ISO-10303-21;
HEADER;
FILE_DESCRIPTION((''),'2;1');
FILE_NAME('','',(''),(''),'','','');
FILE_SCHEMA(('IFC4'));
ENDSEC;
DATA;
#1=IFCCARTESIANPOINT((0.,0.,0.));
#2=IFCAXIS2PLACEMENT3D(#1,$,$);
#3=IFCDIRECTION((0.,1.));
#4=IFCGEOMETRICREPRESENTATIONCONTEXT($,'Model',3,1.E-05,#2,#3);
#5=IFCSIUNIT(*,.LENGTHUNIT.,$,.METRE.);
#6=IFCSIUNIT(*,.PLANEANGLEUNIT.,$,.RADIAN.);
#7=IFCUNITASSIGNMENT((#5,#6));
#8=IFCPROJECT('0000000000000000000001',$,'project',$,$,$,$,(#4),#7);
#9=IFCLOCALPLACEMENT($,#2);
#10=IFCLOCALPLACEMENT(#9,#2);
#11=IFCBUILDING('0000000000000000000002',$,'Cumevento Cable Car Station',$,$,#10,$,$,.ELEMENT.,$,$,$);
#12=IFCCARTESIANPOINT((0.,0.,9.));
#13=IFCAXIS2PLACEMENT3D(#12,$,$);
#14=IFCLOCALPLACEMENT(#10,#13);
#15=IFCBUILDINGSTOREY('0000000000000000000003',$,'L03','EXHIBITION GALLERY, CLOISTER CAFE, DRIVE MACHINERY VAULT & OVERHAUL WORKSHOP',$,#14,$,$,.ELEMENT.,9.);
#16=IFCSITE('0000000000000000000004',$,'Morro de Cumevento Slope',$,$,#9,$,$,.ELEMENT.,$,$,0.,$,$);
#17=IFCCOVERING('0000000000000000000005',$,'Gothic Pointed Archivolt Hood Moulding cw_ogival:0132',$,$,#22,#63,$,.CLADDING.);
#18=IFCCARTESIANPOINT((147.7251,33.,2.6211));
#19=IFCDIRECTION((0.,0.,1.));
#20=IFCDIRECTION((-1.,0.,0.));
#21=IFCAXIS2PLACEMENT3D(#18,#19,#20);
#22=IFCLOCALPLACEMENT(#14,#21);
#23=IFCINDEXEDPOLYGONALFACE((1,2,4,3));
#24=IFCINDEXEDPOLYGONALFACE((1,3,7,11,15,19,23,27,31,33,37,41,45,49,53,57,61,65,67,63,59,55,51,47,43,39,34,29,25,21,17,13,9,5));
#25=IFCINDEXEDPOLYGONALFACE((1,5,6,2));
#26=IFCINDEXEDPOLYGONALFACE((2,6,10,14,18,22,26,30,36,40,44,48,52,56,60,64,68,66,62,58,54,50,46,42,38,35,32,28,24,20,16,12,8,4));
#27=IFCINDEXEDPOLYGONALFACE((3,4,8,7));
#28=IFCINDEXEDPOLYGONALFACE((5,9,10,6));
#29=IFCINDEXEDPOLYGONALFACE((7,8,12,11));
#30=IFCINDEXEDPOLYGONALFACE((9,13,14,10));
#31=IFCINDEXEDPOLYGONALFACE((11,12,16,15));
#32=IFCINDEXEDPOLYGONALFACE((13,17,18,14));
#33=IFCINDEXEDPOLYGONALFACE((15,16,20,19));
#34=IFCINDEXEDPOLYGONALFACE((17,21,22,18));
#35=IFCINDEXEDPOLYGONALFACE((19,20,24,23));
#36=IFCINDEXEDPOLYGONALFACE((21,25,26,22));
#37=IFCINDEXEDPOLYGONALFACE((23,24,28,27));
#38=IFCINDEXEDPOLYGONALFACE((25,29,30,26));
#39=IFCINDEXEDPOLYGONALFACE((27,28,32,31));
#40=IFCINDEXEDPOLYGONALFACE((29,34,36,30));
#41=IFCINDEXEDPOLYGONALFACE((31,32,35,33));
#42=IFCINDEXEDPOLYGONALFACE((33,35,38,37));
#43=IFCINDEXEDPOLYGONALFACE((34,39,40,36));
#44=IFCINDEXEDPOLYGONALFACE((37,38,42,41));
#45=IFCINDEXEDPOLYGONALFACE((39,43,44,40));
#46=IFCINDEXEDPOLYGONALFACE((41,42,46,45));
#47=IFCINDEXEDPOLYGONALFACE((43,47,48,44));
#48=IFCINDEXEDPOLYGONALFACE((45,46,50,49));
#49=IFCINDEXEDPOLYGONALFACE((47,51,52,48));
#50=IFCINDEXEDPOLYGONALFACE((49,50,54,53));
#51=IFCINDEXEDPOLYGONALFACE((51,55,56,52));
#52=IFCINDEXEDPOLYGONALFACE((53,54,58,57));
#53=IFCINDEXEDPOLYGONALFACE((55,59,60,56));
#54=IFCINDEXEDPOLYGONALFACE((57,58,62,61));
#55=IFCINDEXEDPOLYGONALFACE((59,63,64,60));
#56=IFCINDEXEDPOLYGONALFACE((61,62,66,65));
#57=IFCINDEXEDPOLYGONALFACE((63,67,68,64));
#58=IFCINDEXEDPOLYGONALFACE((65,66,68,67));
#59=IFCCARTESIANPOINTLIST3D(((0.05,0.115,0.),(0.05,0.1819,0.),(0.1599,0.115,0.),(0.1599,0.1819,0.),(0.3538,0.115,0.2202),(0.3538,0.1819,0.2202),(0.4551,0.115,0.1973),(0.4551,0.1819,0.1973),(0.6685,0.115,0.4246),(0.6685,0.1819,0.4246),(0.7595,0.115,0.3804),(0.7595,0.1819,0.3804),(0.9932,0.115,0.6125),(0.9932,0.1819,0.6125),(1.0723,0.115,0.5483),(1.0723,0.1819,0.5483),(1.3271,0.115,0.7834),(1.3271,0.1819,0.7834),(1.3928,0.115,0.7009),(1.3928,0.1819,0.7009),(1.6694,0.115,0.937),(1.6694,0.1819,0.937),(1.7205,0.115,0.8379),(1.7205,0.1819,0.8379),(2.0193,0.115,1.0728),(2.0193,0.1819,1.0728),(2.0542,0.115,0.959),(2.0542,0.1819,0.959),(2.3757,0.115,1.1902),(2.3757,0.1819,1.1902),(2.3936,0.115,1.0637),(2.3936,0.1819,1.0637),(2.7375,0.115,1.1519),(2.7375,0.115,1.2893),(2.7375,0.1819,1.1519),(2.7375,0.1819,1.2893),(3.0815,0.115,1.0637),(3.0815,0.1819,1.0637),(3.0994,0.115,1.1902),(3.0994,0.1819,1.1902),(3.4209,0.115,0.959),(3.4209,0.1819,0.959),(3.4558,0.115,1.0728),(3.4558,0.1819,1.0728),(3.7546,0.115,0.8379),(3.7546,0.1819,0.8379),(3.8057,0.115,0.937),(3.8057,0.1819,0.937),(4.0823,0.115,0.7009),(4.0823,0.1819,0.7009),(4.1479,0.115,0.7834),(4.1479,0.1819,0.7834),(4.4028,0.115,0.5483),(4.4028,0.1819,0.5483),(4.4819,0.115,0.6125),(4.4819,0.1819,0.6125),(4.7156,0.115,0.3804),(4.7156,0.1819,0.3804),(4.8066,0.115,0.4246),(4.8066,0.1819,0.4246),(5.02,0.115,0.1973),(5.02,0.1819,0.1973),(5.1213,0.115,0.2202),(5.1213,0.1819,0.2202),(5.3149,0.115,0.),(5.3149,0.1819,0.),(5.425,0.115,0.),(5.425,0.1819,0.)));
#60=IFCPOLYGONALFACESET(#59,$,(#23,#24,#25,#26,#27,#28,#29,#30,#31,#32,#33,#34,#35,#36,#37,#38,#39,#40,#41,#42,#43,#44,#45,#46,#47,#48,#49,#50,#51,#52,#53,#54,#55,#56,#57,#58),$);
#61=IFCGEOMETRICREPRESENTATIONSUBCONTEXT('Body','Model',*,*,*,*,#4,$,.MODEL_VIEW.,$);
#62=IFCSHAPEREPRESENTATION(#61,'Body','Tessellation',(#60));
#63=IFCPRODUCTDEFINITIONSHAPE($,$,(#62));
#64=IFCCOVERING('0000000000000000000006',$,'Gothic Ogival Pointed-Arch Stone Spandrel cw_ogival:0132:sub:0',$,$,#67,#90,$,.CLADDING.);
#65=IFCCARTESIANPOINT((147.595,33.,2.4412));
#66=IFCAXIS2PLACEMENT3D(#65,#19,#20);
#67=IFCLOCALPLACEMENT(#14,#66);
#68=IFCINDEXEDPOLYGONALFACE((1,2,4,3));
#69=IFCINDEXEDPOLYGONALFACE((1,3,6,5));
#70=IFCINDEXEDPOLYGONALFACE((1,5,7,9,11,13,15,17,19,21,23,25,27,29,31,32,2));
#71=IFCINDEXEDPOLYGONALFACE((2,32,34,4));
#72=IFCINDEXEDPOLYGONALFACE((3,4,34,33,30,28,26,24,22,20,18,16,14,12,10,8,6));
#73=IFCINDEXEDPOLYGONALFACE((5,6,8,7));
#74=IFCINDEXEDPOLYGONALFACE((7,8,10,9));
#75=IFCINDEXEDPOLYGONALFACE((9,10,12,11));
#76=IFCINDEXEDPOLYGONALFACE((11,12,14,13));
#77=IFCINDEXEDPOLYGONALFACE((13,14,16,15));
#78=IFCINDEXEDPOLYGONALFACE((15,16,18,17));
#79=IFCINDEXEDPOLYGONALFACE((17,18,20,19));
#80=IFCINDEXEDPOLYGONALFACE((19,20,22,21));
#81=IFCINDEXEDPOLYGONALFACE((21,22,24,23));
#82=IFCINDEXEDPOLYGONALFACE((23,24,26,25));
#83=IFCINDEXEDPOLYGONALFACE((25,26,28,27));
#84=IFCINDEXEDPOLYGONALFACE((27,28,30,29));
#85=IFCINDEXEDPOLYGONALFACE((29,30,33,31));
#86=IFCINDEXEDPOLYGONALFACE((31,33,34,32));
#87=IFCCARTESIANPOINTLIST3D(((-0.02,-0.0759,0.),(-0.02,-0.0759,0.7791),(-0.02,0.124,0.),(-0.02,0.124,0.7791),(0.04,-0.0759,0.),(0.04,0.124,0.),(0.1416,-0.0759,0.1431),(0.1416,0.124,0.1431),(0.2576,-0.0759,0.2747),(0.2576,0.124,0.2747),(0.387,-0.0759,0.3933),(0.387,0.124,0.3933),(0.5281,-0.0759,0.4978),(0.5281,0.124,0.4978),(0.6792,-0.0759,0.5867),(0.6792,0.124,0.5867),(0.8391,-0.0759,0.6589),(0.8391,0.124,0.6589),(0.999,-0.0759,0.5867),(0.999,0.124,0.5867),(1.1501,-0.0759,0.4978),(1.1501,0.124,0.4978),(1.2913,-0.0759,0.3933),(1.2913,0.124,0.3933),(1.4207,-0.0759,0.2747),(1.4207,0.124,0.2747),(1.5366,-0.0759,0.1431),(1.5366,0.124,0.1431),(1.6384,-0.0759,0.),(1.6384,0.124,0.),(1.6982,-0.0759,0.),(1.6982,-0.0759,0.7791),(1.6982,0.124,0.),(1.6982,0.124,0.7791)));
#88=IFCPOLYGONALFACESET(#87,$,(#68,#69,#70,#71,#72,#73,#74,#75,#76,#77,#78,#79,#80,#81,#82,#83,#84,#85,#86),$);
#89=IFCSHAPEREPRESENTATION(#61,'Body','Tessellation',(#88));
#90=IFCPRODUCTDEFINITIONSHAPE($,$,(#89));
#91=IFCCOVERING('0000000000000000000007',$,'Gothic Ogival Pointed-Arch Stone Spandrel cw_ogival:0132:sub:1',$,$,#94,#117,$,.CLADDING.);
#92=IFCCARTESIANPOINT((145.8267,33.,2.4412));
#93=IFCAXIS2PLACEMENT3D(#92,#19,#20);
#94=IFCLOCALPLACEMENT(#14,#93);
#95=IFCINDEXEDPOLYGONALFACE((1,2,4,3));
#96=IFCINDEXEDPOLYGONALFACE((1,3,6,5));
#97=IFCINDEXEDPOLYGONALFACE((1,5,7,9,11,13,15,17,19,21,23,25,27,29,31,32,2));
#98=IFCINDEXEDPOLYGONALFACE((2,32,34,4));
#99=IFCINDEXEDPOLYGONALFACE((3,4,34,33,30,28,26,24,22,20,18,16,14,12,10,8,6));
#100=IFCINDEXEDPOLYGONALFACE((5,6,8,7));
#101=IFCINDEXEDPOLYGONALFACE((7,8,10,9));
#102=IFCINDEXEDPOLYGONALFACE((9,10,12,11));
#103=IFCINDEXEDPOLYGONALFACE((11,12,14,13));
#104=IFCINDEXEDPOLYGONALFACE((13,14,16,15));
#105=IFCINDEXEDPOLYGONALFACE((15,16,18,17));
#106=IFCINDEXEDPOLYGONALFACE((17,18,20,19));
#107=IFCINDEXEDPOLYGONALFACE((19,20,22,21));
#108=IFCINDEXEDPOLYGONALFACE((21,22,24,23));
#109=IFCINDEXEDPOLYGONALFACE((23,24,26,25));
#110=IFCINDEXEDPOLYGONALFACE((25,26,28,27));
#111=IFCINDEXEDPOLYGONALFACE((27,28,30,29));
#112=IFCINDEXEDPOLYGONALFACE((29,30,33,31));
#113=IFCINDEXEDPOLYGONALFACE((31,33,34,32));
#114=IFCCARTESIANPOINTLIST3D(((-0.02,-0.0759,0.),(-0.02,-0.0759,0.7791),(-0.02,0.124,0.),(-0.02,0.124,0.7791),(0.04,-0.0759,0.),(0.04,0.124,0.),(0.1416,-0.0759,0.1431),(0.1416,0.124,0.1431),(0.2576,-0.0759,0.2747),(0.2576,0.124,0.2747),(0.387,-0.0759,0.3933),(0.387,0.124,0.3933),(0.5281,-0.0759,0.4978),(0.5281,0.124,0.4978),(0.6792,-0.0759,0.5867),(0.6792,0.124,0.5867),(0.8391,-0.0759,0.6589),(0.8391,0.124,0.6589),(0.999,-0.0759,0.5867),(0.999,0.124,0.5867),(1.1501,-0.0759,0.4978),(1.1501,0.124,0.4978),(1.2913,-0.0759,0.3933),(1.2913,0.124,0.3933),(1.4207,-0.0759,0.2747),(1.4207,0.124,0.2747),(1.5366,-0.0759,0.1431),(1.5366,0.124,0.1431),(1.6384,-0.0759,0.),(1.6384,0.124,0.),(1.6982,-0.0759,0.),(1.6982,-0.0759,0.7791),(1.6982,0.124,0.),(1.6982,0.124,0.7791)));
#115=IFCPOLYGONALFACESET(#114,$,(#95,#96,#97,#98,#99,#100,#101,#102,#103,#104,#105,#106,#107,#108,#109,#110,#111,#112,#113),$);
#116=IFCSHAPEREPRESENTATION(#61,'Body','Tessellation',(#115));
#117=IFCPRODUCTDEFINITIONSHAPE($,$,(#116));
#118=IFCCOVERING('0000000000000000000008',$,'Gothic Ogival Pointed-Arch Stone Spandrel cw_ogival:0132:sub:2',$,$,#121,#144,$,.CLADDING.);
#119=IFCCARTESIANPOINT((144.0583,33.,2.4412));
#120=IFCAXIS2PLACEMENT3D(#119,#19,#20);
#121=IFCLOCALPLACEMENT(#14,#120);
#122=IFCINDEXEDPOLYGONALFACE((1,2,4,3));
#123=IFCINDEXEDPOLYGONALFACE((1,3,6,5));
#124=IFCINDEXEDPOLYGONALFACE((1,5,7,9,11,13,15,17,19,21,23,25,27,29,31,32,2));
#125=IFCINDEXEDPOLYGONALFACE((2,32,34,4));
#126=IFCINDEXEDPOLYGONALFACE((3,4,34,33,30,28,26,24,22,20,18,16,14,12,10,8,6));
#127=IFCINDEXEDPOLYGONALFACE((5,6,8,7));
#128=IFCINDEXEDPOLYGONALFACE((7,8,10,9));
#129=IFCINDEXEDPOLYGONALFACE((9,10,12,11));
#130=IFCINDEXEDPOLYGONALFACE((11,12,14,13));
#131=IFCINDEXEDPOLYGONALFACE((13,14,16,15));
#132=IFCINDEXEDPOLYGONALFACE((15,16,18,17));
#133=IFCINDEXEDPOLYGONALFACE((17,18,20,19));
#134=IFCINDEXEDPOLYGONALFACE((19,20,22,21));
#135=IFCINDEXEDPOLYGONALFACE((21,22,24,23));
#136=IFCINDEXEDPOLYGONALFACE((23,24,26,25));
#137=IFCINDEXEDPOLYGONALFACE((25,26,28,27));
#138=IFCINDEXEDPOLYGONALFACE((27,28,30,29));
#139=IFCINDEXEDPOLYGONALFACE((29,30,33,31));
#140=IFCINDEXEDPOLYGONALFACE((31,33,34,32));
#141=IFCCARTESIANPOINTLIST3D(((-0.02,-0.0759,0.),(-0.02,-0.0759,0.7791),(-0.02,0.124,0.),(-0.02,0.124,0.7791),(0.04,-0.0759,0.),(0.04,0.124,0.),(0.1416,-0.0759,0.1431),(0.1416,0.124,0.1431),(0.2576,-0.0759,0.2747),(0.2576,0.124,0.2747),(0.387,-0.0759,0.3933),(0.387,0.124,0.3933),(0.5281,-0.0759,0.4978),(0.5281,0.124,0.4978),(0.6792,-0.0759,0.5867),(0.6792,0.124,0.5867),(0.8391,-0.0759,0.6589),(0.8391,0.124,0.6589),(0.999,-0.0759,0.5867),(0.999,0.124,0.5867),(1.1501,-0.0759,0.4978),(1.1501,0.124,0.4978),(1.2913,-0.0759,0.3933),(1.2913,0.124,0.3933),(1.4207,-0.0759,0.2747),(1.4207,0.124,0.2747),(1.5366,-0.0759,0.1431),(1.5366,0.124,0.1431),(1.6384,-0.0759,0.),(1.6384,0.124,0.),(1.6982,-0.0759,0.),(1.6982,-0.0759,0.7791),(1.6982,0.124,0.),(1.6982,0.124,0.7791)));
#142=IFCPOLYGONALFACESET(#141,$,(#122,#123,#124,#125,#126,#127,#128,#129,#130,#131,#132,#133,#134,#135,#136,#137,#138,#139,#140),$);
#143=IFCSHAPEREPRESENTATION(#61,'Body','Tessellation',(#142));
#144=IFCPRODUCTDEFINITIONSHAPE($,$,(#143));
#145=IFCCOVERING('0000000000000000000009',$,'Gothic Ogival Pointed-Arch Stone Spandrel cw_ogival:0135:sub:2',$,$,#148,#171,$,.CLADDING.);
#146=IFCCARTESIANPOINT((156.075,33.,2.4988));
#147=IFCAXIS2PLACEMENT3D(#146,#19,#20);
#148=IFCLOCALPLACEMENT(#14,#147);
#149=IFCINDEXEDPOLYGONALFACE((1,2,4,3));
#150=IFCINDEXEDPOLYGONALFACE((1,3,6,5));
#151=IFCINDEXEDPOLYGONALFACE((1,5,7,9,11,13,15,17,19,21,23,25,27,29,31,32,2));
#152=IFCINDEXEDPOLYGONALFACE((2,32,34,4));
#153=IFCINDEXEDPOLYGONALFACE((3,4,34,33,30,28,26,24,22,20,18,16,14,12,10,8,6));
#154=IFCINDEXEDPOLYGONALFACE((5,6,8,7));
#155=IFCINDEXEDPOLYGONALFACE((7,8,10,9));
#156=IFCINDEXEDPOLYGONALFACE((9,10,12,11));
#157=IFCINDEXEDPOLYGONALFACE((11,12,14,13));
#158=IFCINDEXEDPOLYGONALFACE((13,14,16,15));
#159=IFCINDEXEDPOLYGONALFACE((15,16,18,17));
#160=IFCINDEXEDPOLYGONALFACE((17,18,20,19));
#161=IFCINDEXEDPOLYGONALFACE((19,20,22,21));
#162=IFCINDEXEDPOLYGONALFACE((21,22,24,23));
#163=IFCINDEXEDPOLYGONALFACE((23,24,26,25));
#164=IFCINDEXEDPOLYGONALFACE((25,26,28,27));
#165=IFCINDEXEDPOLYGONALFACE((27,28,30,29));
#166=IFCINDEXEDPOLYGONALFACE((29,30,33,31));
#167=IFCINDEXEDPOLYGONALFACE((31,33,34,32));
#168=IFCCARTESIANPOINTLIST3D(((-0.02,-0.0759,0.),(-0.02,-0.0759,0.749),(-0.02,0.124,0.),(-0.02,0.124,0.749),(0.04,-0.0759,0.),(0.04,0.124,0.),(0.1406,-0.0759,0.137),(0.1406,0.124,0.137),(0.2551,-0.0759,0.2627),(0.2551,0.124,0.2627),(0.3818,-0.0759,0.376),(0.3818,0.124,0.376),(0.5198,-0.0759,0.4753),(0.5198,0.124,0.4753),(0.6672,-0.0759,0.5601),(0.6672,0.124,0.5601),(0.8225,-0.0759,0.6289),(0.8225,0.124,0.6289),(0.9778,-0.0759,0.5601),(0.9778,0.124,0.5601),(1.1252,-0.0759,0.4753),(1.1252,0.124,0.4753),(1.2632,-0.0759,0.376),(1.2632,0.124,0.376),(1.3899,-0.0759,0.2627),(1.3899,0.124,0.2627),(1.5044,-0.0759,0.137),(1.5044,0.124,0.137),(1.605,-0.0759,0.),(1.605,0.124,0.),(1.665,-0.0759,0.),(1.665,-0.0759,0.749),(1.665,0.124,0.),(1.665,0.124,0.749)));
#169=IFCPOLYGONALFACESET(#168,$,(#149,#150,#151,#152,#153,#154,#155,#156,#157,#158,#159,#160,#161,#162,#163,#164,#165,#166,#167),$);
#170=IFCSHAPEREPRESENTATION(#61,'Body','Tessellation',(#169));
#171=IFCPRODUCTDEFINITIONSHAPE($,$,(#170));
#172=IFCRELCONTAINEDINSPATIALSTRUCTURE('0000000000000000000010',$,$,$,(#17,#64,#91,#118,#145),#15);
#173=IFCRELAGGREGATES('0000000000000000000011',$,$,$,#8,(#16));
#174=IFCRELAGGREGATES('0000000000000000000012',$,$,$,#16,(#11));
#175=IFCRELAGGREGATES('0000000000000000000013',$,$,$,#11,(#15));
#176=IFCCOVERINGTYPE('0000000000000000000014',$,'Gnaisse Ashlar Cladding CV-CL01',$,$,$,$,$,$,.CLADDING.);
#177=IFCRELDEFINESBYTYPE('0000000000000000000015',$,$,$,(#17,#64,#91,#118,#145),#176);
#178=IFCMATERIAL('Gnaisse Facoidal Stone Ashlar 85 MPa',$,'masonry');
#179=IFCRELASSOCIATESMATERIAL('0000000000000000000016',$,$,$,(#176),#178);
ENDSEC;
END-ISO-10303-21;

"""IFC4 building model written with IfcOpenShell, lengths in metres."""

from ifc_helpers import new_model, si_unit, direction, frame, origin, place, context, subcontext, project, spatial, polyline, outline, extrude, material, type_object, element, save


model = new_model("IFC4")

# Units and contexts
model_context = context("Model", 3, precision=1e-05, world=origin(), true_north=direction((0.0, 1.0)))
body_context = subcontext(model_context, "Body", "Model", "MODEL_VIEW")
ifc_project = project(units=[si_unit("LENGTHUNIT", "METRE"), si_unit("PLANEANGLEUNIT", "RADIAN")], contexts=[model_context])

# Site, building, storey
site_placement = place(None, origin())
site = spatial("IfcSite", under=ifc_project, at=site_placement, Name="Morro de Cumevento Slope", CompositionType="ELEMENT", RefElevation=0.0)
building_placement = place(site_placement, origin())
building = spatial("IfcBuilding", under=site, at=building_placement, Name="Cumevento Cable Car Station", CompositionType="ELEMENT")
storey_placement = place(building_placement, frame((0.0, 0.0, 9.0)))
storey = spatial("IfcBuildingStorey", under=building, at=storey_placement, Name="L03", Description="EXHIBITION GALLERY, CLOISTER CAFE, DRIVE MACHINERY VAULT & OVERHAUL WORKSHOP", CompositionType="ELEMENT", Elevation=9.0)

# Coverings
ifc_material_1 = material(Name="Gnaisse Facoidal Stone Ashlar 85 MPa", Category="masonry")
covering_type = type_object("IfcCoveringType", Name="Gnaisse Ashlar Cladding CV-CL01", PredefinedType="CLADDING", material=ifc_material_1)
covering_1_placement = place(storey_placement, frame((147.7251, 33.0, 2.6211), z_axis=(0.0, 0.0, 1.0), x_axis=(-1.0, 0.0, 0.0)))
element("IfcCovering", 1, at=covering_1_placement, inside=storey, type_object=covering_type, Name="Gothic Pointed Archivolt Hood Moulding cw_ogival:0132", PredefinedType="CLADDING", context=body_context, shape_type="SweptSolid", body=[
    extrude(outline(polyline([(0.1599, 0.0), (0.4551, 0.1973), (0.7595, 0.3804), (1.0723, 0.5483), (1.3928, 0.7009), (1.7205, 0.8379), (2.0542, 0.959), (2.3936, 1.0637), (2.7375, 1.1519), (3.0815, 1.0637), (3.4209, 0.959), (3.7546, 0.8379), (4.0823, 0.7009), (4.4028, 0.5483), (4.7156, 0.3804), (5.02, 0.1973), (5.3149, 0.0), (5.425, 0.0), (5.1213, 0.2202), (4.8066, 0.4246), (4.4819, 0.6125), (4.1479, 0.7834), (3.8057, 0.937), (3.4558, 1.0728), (3.0994, 1.1902), (2.7375, 1.2893), (2.3757, 1.1902), (2.0193, 1.0728), (1.6694, 0.937), (1.3271, 0.7834), (0.9932, 0.6125), (0.6685, 0.4246), (0.3538, 0.2202), (0.05, 0.0), (0.1599, 0.0)])), frame((0.0, 0.1819, 0.0), z_axis=(0.0, -1.0, 0.0), x_axis=(1.0, 0.0, 0.0)), (0.0, 0.0, 1.0), 0.0669),
])
for number, where, z_axis, x_axis, name in (
    (2, (147.595, 33.0, 2.4412), (0.0, 0.0, 1.0), (-1.0, 0.0, 0.0), "Gothic Ogival Pointed-Arch Stone Spandrel cw_ogival:0132:sub:0"),
    (3, (145.8267, 33.0, 2.4412), (0.0, 0.0, 1.0), (-1.0, 0.0, 0.0), "Gothic Ogival Pointed-Arch Stone Spandrel cw_ogival:0132:sub:1"),
    (4, (144.0583, 33.0, 2.4412), (0.0, 0.0, 1.0), (-1.0, 0.0, 0.0), "Gothic Ogival Pointed-Arch Stone Spandrel cw_ogival:0132:sub:2"),
):
    element("IfcCovering", number, at=place(storey_placement, frame(where, z_axis=z_axis, x_axis=x_axis)), inside=storey, type_object=covering_type, Name=name, PredefinedType="CLADDING", context=body_context, shape_type="SweptSolid", body=[
        extrude(outline(polyline([(-0.02, 0.0), (-0.02, 0.7791), (1.6982, 0.7791), (1.6982, 0.0), (1.6384, 0.0), (1.5366, 0.1431), (1.4207, 0.2747), (1.2913, 0.3933), (1.1501, 0.4978), (0.999, 0.5867), (0.8391, 0.6589), (0.6792, 0.5867), (0.5281, 0.4978), (0.387, 0.3933), (0.2576, 0.2747), (0.1416, 0.1431), (0.04, 0.0), (-0.02, 0.0)])), frame((0.0, 0.124, 0.0), z_axis=(0.0, -1.0, 0.0), x_axis=(1.0, 0.0, 0.0)), (0.0, 0.0, 1.0), 0.2),
    ])
covering_2_placement = place(storey_placement, frame((156.075, 33.0, 2.4988), z_axis=(0.0, 0.0, 1.0), x_axis=(-1.0, 0.0, 0.0)))
element("IfcCovering", 5, at=covering_2_placement, inside=storey, type_object=covering_type, Name="Gothic Ogival Pointed-Arch Stone Spandrel cw_ogival:0135:sub:2", PredefinedType="CLADDING", context=body_context, shape_type="SweptSolid", body=[
    extrude(outline(polyline([(-0.02, 0.0), (-0.02, 0.749), (1.665, 0.749), (1.665, 0.0), (1.605, 0.0), (1.5044, 0.137), (1.3899, 0.2627), (1.2632, 0.376), (1.1252, 0.4753), (0.9778, 0.5601), (0.8225, 0.6289), (0.6672, 0.5601), (0.5198, 0.4753), (0.3818, 0.376), (0.2551, 0.2627), (0.1406, 0.137), (0.04, 0.0), (-0.02, 0.0)])), frame((0.0, 0.124, 0.0), z_axis=(0.0, -1.0, 0.0), x_axis=(1.0, 0.0, 0.0)), (0.0, 0.0, 1.0), 0.2),
])

save(model, "model.ifc")
